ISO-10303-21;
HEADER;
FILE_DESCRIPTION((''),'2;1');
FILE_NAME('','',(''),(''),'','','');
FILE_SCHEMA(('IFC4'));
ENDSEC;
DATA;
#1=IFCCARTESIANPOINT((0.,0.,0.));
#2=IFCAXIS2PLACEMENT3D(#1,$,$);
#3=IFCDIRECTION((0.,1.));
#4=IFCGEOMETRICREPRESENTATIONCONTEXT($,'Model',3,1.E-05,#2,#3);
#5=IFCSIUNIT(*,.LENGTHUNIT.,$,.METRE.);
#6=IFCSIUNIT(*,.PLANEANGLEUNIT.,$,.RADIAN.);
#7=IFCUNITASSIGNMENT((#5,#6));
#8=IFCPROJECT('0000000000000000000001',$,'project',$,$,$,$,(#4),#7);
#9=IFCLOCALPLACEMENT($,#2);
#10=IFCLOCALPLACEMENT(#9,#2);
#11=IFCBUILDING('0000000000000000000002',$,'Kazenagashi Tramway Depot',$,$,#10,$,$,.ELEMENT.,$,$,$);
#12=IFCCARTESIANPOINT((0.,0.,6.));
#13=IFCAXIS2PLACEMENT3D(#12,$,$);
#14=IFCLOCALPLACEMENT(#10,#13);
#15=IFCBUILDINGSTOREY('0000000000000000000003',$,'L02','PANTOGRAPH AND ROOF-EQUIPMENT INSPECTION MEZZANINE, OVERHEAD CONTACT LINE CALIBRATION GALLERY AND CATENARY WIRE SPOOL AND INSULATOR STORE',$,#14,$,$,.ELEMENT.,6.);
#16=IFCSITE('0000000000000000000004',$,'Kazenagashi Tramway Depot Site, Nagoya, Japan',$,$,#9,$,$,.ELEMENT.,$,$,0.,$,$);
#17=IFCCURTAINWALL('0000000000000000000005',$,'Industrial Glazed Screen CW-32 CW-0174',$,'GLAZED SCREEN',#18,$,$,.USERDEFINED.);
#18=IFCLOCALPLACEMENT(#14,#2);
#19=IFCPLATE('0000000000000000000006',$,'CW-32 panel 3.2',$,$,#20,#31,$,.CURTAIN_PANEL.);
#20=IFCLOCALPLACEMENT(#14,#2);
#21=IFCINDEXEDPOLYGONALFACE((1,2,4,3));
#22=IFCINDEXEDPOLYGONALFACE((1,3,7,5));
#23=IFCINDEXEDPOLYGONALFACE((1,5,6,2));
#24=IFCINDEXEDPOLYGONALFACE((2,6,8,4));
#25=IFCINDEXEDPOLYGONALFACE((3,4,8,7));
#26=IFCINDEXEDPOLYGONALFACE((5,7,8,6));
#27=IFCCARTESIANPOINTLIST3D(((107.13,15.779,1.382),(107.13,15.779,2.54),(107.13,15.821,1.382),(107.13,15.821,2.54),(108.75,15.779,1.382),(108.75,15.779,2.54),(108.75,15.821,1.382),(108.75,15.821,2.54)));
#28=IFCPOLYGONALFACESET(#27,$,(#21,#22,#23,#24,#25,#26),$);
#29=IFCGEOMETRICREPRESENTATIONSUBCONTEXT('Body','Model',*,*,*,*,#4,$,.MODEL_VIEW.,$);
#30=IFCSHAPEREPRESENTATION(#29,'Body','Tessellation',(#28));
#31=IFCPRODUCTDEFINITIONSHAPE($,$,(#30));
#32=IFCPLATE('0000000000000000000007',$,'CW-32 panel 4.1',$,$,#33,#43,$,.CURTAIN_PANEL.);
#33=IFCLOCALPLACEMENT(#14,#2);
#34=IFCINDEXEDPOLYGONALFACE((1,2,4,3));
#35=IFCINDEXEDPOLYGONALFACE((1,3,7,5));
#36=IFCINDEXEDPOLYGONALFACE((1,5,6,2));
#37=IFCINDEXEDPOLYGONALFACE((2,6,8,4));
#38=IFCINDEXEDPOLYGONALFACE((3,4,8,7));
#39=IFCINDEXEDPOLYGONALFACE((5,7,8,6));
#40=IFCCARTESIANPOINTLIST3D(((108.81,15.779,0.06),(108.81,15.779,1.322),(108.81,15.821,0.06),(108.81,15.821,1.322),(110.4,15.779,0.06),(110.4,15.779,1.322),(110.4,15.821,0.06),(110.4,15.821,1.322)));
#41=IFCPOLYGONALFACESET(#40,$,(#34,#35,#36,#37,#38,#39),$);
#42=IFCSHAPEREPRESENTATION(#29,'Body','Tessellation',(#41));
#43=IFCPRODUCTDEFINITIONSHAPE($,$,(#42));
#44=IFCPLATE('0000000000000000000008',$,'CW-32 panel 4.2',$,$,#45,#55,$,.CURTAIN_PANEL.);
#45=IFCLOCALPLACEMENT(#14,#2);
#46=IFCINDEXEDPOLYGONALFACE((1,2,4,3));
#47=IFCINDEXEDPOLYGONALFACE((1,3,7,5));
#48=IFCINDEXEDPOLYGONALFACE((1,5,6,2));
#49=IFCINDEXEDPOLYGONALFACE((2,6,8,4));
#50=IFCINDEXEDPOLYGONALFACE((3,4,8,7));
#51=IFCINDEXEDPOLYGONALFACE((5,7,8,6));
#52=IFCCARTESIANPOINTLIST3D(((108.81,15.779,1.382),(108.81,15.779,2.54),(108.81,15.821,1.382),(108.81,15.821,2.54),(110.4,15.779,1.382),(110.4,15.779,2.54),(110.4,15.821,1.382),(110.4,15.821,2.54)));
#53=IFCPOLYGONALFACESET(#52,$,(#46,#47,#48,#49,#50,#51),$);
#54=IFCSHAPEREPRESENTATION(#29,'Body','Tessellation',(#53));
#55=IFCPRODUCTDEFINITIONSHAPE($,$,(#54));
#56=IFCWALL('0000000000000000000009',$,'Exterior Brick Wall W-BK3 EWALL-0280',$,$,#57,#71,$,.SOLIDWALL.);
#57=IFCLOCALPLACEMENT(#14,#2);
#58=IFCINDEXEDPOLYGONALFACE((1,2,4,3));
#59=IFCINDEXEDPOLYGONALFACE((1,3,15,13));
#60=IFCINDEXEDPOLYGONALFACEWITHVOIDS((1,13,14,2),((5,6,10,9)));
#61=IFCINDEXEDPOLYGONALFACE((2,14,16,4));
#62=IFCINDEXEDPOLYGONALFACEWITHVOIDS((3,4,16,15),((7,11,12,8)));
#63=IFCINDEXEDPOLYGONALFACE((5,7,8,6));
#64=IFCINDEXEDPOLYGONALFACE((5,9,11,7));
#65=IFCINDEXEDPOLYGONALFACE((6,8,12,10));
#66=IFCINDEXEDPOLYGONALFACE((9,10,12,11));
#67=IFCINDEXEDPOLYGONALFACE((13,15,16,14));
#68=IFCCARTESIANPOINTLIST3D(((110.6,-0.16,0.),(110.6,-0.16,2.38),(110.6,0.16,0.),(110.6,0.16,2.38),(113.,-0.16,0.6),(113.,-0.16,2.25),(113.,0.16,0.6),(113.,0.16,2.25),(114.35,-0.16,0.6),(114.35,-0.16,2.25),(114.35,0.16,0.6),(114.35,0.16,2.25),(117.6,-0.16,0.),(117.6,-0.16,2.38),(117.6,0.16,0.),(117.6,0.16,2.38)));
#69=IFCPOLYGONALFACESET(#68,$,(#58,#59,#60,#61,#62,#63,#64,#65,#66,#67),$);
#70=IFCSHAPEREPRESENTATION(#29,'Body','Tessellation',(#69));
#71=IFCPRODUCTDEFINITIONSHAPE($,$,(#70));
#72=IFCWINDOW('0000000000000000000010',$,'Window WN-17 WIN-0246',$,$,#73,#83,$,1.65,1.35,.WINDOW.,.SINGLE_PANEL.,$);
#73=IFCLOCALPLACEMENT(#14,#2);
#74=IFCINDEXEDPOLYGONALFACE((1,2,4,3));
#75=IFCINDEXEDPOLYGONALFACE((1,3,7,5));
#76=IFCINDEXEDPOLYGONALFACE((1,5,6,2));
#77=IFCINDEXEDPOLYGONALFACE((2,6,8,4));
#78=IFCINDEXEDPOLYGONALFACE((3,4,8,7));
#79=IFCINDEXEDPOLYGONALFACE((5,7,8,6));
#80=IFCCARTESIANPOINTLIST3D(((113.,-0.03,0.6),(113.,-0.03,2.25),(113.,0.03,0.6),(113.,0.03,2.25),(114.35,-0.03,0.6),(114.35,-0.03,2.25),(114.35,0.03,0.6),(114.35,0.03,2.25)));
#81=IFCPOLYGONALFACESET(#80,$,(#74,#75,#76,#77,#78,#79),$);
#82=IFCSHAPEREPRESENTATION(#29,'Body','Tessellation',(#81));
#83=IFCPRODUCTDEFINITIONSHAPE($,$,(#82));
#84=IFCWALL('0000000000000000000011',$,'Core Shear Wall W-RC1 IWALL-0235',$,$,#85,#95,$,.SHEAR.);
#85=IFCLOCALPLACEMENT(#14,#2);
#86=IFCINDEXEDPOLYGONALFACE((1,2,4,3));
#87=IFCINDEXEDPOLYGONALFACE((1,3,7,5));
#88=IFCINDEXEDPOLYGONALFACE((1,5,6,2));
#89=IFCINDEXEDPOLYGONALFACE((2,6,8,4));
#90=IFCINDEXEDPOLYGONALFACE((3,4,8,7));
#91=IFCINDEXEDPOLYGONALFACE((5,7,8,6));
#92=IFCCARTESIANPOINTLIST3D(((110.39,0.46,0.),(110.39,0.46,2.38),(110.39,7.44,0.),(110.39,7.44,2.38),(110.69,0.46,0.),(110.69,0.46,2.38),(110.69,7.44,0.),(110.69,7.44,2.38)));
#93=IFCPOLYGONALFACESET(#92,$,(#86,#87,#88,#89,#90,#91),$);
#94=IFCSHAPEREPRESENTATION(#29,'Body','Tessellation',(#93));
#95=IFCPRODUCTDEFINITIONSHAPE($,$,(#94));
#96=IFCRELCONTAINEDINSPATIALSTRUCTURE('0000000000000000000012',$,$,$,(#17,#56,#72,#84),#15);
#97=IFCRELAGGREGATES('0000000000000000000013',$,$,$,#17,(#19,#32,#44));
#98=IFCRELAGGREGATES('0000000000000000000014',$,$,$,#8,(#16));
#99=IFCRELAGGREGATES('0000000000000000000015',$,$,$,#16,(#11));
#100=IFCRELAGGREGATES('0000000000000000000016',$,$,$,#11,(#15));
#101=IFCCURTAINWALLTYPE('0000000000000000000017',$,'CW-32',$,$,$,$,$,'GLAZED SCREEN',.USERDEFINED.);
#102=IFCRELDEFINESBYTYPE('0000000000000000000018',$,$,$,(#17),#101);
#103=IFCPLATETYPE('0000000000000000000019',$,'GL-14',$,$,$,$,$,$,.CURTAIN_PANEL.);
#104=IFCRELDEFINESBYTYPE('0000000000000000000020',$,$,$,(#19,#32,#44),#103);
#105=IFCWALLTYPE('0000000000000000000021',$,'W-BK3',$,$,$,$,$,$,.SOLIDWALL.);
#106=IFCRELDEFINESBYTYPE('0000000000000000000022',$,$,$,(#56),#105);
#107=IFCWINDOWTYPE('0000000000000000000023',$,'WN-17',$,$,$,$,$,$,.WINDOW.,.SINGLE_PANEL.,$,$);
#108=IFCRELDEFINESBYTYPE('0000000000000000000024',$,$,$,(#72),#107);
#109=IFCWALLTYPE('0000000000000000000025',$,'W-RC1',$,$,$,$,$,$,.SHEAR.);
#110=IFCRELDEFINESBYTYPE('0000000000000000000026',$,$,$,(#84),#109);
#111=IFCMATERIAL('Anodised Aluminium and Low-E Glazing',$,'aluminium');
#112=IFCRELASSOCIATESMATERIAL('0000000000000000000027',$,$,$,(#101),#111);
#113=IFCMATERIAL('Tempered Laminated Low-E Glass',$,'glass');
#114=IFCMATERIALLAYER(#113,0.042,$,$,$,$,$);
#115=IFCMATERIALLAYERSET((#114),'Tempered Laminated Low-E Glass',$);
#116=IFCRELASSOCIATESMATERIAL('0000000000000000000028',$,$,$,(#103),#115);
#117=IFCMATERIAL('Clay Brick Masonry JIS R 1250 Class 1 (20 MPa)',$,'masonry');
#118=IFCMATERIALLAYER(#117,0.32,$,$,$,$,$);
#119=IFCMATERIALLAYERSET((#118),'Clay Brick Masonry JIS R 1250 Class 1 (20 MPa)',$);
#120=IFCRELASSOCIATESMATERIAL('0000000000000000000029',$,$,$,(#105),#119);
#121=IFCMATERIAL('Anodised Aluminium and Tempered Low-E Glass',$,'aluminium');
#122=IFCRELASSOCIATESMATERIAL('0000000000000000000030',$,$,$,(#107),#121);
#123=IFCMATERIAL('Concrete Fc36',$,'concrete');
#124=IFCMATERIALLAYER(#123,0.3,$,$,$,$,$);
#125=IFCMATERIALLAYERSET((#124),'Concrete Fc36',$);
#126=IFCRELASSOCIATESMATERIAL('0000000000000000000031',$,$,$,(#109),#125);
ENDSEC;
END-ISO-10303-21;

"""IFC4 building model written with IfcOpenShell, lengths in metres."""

from ifc_helpers import new_model, si_unit, direction, frame, frame_2d, origin, origin_2d, place, context, subcontext, project, spatial, rectangle, extrude, material, layer, layer_set, type_object, element, fill, aggregate, save


model = new_model("IFC4")

# Units and contexts
model_context = context("Model", 3, precision=1e-05, world=origin(), true_north=direction((0.0, 1.0)))
body_context = subcontext(model_context, "Body", "Model", "MODEL_VIEW")
ifc_project = project(units=[si_unit("LENGTHUNIT", "METRE"), si_unit("PLANEANGLEUNIT", "RADIAN")], contexts=[model_context])

# Site, building, storey
site_placement = place(None, origin())
site = spatial("IfcSite", under=ifc_project, at=site_placement, Name="Kazenagashi Tramway Depot Site, Nagoya, Japan", CompositionType="ELEMENT", RefElevation=0.0)
building_placement = place(site_placement, origin())
building = spatial("IfcBuilding", under=site, at=building_placement, Name="Kazenagashi Tramway Depot", CompositionType="ELEMENT")
storey_placement = place(building_placement, frame((0.0, 0.0, 6.0)))
storey = spatial("IfcBuildingStorey", under=building, at=storey_placement, Name="L02", Description="PANTOGRAPH AND ROOF-EQUIPMENT INSPECTION MEZZANINE, OVERHEAD CONTACT LINE CALIBRATION GALLERY AND CATENARY WIRE SPOOL AND INSULATOR STORE", CompositionType="ELEMENT", Elevation=6.0)

# Curtain wall
ifc_material_1 = material(Name="Anodised Aluminium and Low-E Glazing", Category="aluminium")
curtain_wall_type = type_object("IfcCurtainWallType", Name="CW-32", ElementType="GLAZED SCREEN", PredefinedType="USERDEFINED", material=ifc_material_1)
curtain_wall_1_placement = place(storey_placement, origin())
curtain_wall_1 = element("IfcCurtainWall", 1, at=curtain_wall_1_placement, inside=storey, type_object=curtain_wall_type, Name="Industrial Glazed Screen CW-32 CW-0174", ObjectType="GLAZED SCREEN", PredefinedType="USERDEFINED")

# Plates
ifc_material_2 = material(Name="Tempered Laminated Low-E Glass", Category="glass")
ifc_layer_1 = layer(ifc_material_2, 0.042)
ifc_layer_set_1 = layer_set([ifc_layer_1], Name="Tempered Laminated Low-E Glass")
plate_type = type_object("IfcPlateType", Name="GL-14", PredefinedType="CURTAIN_PANEL", material=ifc_layer_set_1)
plate_1_placement = place(storey_placement, frame((107.94, 15.8, 1.382), z_axis=(0.0, 0.0, 1.0), x_axis=(1.0, 0.0, 0.0)))
plate_1 = element("IfcPlate", 2, at=plate_1_placement, type_object=plate_type, Name="CW-32 panel 3.2", PredefinedType="CURTAIN_PANEL", context=body_context, shape_type="SweptSolid", body=[
    extrude(rectangle(XDim=1.62, YDim=0.042, at=origin_2d()), origin(), (0.0, 0.0, 1.0), 1.158),
])
plate_2_placement = place(storey_placement, frame((109.605, 15.8, 0.06), z_axis=(0.0, 0.0, 1.0), x_axis=(1.0, 0.0, 0.0)))
plate_2 = element("IfcPlate", 3, at=plate_2_placement, type_object=plate_type, Name="CW-32 panel 4.1", PredefinedType="CURTAIN_PANEL", context=body_context, shape_type="SweptSolid", body=[
    extrude(rectangle(XDim=1.59, YDim=0.042, at=origin_2d()), origin(), (0.0, 0.0, 1.0), 1.262),
])
plate_3_placement = place(storey_placement, frame((109.605, 15.8, 1.382), z_axis=(0.0, 0.0, 1.0), x_axis=(1.0, 0.0, 0.0)))
plate_3 = element("IfcPlate", 4, at=plate_3_placement, type_object=plate_type, Name="CW-32 panel 4.2", PredefinedType="CURTAIN_PANEL", context=body_context, shape_type="SweptSolid", body=[
    extrude(rectangle(XDim=1.59, YDim=0.042, at=origin_2d()), origin(), (0.0, 0.0, 1.0), 1.158),
])
aggregate(curtain_wall_1, [plate_1, plate_2, plate_3])

# Wall, opening, window
ifc_material_3 = material(Name="Clay Brick Masonry JIS R 1250 Class 1 (20 MPa)", Category="masonry")
ifc_layer_2 = layer(ifc_material_3, 0.32)
ifc_layer_set_2 = layer_set([ifc_layer_2], Name="Clay Brick Masonry JIS R 1250 Class 1 (20 MPa)")
wall_type_1 = type_object("IfcWallType", Name="W-BK3", PredefinedType="SOLIDWALL", material=ifc_layer_set_2)
wall_1_placement = place(storey_placement, frame((110.6, 0.0, 0.0), z_axis=(0.0, 0.0, 1.0), x_axis=(1.0, 0.0, 0.0)))
wall_1 = element("IfcWall", 5, at=wall_1_placement, inside=storey, type_object=wall_type_1, Name="Exterior Brick Wall W-BK3 EWALL-0280", PredefinedType="SOLIDWALL", context=body_context, shape_type="SweptSolid", body=[
    extrude(rectangle(XDim=7.0, YDim=0.32, at=frame_2d((3.5, 0.0))), origin(), (0.0, 0.0, 1.0), 2.38),
])
opening_placement = place(wall_1_placement, frame((2.4, 0.0, 0.6)))
opening = element("IfcOpeningElement", 6, at=opening_placement, cuts=wall_1, PredefinedType="OPENING", context=body_context, shape_type="SweptSolid", body=[
    extrude(rectangle(XDim=1.35, YDim=1.65, at=frame_2d((0.675, 0.825))), frame((0.0, 0.17, 0.0), z_axis=(0.0, -1.0, 0.0), x_axis=(1.0, 0.0, 0.0)), (0.0, 0.0, 1.0), 0.34),
])
ifc_material_4 = material(Name="Anodised Aluminium and Tempered Low-E Glass", Category="aluminium")
window_type = type_object("IfcWindowType", Name="WN-17", PartitioningType="SINGLE_PANEL", PredefinedType="WINDOW", material=ifc_material_4)
window_placement = place(opening_placement, origin())
window = element("IfcWindow", 7, at=window_placement, inside=storey, type_object=window_type, Name="Window WN-17 WIN-0246", OverallHeight=1.65, OverallWidth=1.35, PartitioningType="SINGLE_PANEL", PredefinedType="WINDOW", context=body_context, shape_type="SweptSolid", body=[
    extrude(rectangle(XDim=1.35, YDim=1.65, at=frame_2d((0.675, 0.825))), frame((0.0, 0.03, 0.0), z_axis=(0.0, -1.0, 0.0), x_axis=(1.0, 0.0, 0.0)), (0.0, 0.0, 1.0), 0.06),
])
fill(opening, window)

# Wall
ifc_material_5 = material(Name="Concrete Fc36", Category="concrete")
ifc_layer_3 = layer(ifc_material_5, 0.3)
ifc_layer_set_3 = layer_set([ifc_layer_3], Name="Concrete Fc36")
wall_type_2 = type_object("IfcWallType", Name="W-RC1", PredefinedType="SHEAR", material=ifc_layer_set_3)
wall_2_placement = place(storey_placement, frame((110.54, 0.46, 0.0), z_axis=(0.0, 0.0, 1.0), x_axis=(0.0, 1.0, 0.0)))
element("IfcWall", 8, at=wall_2_placement, inside=storey, type_object=wall_type_2, Name="Core Shear Wall W-RC1 IWALL-0235", PredefinedType="SHEAR", context=body_context, shape_type="SweptSolid", body=[
    extrude(rectangle(XDim=6.98, YDim=0.3, at=frame_2d((3.49, 0.0))), origin(), (0.0, 0.0, 1.0), 2.38),
])

save(model, "model.ifc")
